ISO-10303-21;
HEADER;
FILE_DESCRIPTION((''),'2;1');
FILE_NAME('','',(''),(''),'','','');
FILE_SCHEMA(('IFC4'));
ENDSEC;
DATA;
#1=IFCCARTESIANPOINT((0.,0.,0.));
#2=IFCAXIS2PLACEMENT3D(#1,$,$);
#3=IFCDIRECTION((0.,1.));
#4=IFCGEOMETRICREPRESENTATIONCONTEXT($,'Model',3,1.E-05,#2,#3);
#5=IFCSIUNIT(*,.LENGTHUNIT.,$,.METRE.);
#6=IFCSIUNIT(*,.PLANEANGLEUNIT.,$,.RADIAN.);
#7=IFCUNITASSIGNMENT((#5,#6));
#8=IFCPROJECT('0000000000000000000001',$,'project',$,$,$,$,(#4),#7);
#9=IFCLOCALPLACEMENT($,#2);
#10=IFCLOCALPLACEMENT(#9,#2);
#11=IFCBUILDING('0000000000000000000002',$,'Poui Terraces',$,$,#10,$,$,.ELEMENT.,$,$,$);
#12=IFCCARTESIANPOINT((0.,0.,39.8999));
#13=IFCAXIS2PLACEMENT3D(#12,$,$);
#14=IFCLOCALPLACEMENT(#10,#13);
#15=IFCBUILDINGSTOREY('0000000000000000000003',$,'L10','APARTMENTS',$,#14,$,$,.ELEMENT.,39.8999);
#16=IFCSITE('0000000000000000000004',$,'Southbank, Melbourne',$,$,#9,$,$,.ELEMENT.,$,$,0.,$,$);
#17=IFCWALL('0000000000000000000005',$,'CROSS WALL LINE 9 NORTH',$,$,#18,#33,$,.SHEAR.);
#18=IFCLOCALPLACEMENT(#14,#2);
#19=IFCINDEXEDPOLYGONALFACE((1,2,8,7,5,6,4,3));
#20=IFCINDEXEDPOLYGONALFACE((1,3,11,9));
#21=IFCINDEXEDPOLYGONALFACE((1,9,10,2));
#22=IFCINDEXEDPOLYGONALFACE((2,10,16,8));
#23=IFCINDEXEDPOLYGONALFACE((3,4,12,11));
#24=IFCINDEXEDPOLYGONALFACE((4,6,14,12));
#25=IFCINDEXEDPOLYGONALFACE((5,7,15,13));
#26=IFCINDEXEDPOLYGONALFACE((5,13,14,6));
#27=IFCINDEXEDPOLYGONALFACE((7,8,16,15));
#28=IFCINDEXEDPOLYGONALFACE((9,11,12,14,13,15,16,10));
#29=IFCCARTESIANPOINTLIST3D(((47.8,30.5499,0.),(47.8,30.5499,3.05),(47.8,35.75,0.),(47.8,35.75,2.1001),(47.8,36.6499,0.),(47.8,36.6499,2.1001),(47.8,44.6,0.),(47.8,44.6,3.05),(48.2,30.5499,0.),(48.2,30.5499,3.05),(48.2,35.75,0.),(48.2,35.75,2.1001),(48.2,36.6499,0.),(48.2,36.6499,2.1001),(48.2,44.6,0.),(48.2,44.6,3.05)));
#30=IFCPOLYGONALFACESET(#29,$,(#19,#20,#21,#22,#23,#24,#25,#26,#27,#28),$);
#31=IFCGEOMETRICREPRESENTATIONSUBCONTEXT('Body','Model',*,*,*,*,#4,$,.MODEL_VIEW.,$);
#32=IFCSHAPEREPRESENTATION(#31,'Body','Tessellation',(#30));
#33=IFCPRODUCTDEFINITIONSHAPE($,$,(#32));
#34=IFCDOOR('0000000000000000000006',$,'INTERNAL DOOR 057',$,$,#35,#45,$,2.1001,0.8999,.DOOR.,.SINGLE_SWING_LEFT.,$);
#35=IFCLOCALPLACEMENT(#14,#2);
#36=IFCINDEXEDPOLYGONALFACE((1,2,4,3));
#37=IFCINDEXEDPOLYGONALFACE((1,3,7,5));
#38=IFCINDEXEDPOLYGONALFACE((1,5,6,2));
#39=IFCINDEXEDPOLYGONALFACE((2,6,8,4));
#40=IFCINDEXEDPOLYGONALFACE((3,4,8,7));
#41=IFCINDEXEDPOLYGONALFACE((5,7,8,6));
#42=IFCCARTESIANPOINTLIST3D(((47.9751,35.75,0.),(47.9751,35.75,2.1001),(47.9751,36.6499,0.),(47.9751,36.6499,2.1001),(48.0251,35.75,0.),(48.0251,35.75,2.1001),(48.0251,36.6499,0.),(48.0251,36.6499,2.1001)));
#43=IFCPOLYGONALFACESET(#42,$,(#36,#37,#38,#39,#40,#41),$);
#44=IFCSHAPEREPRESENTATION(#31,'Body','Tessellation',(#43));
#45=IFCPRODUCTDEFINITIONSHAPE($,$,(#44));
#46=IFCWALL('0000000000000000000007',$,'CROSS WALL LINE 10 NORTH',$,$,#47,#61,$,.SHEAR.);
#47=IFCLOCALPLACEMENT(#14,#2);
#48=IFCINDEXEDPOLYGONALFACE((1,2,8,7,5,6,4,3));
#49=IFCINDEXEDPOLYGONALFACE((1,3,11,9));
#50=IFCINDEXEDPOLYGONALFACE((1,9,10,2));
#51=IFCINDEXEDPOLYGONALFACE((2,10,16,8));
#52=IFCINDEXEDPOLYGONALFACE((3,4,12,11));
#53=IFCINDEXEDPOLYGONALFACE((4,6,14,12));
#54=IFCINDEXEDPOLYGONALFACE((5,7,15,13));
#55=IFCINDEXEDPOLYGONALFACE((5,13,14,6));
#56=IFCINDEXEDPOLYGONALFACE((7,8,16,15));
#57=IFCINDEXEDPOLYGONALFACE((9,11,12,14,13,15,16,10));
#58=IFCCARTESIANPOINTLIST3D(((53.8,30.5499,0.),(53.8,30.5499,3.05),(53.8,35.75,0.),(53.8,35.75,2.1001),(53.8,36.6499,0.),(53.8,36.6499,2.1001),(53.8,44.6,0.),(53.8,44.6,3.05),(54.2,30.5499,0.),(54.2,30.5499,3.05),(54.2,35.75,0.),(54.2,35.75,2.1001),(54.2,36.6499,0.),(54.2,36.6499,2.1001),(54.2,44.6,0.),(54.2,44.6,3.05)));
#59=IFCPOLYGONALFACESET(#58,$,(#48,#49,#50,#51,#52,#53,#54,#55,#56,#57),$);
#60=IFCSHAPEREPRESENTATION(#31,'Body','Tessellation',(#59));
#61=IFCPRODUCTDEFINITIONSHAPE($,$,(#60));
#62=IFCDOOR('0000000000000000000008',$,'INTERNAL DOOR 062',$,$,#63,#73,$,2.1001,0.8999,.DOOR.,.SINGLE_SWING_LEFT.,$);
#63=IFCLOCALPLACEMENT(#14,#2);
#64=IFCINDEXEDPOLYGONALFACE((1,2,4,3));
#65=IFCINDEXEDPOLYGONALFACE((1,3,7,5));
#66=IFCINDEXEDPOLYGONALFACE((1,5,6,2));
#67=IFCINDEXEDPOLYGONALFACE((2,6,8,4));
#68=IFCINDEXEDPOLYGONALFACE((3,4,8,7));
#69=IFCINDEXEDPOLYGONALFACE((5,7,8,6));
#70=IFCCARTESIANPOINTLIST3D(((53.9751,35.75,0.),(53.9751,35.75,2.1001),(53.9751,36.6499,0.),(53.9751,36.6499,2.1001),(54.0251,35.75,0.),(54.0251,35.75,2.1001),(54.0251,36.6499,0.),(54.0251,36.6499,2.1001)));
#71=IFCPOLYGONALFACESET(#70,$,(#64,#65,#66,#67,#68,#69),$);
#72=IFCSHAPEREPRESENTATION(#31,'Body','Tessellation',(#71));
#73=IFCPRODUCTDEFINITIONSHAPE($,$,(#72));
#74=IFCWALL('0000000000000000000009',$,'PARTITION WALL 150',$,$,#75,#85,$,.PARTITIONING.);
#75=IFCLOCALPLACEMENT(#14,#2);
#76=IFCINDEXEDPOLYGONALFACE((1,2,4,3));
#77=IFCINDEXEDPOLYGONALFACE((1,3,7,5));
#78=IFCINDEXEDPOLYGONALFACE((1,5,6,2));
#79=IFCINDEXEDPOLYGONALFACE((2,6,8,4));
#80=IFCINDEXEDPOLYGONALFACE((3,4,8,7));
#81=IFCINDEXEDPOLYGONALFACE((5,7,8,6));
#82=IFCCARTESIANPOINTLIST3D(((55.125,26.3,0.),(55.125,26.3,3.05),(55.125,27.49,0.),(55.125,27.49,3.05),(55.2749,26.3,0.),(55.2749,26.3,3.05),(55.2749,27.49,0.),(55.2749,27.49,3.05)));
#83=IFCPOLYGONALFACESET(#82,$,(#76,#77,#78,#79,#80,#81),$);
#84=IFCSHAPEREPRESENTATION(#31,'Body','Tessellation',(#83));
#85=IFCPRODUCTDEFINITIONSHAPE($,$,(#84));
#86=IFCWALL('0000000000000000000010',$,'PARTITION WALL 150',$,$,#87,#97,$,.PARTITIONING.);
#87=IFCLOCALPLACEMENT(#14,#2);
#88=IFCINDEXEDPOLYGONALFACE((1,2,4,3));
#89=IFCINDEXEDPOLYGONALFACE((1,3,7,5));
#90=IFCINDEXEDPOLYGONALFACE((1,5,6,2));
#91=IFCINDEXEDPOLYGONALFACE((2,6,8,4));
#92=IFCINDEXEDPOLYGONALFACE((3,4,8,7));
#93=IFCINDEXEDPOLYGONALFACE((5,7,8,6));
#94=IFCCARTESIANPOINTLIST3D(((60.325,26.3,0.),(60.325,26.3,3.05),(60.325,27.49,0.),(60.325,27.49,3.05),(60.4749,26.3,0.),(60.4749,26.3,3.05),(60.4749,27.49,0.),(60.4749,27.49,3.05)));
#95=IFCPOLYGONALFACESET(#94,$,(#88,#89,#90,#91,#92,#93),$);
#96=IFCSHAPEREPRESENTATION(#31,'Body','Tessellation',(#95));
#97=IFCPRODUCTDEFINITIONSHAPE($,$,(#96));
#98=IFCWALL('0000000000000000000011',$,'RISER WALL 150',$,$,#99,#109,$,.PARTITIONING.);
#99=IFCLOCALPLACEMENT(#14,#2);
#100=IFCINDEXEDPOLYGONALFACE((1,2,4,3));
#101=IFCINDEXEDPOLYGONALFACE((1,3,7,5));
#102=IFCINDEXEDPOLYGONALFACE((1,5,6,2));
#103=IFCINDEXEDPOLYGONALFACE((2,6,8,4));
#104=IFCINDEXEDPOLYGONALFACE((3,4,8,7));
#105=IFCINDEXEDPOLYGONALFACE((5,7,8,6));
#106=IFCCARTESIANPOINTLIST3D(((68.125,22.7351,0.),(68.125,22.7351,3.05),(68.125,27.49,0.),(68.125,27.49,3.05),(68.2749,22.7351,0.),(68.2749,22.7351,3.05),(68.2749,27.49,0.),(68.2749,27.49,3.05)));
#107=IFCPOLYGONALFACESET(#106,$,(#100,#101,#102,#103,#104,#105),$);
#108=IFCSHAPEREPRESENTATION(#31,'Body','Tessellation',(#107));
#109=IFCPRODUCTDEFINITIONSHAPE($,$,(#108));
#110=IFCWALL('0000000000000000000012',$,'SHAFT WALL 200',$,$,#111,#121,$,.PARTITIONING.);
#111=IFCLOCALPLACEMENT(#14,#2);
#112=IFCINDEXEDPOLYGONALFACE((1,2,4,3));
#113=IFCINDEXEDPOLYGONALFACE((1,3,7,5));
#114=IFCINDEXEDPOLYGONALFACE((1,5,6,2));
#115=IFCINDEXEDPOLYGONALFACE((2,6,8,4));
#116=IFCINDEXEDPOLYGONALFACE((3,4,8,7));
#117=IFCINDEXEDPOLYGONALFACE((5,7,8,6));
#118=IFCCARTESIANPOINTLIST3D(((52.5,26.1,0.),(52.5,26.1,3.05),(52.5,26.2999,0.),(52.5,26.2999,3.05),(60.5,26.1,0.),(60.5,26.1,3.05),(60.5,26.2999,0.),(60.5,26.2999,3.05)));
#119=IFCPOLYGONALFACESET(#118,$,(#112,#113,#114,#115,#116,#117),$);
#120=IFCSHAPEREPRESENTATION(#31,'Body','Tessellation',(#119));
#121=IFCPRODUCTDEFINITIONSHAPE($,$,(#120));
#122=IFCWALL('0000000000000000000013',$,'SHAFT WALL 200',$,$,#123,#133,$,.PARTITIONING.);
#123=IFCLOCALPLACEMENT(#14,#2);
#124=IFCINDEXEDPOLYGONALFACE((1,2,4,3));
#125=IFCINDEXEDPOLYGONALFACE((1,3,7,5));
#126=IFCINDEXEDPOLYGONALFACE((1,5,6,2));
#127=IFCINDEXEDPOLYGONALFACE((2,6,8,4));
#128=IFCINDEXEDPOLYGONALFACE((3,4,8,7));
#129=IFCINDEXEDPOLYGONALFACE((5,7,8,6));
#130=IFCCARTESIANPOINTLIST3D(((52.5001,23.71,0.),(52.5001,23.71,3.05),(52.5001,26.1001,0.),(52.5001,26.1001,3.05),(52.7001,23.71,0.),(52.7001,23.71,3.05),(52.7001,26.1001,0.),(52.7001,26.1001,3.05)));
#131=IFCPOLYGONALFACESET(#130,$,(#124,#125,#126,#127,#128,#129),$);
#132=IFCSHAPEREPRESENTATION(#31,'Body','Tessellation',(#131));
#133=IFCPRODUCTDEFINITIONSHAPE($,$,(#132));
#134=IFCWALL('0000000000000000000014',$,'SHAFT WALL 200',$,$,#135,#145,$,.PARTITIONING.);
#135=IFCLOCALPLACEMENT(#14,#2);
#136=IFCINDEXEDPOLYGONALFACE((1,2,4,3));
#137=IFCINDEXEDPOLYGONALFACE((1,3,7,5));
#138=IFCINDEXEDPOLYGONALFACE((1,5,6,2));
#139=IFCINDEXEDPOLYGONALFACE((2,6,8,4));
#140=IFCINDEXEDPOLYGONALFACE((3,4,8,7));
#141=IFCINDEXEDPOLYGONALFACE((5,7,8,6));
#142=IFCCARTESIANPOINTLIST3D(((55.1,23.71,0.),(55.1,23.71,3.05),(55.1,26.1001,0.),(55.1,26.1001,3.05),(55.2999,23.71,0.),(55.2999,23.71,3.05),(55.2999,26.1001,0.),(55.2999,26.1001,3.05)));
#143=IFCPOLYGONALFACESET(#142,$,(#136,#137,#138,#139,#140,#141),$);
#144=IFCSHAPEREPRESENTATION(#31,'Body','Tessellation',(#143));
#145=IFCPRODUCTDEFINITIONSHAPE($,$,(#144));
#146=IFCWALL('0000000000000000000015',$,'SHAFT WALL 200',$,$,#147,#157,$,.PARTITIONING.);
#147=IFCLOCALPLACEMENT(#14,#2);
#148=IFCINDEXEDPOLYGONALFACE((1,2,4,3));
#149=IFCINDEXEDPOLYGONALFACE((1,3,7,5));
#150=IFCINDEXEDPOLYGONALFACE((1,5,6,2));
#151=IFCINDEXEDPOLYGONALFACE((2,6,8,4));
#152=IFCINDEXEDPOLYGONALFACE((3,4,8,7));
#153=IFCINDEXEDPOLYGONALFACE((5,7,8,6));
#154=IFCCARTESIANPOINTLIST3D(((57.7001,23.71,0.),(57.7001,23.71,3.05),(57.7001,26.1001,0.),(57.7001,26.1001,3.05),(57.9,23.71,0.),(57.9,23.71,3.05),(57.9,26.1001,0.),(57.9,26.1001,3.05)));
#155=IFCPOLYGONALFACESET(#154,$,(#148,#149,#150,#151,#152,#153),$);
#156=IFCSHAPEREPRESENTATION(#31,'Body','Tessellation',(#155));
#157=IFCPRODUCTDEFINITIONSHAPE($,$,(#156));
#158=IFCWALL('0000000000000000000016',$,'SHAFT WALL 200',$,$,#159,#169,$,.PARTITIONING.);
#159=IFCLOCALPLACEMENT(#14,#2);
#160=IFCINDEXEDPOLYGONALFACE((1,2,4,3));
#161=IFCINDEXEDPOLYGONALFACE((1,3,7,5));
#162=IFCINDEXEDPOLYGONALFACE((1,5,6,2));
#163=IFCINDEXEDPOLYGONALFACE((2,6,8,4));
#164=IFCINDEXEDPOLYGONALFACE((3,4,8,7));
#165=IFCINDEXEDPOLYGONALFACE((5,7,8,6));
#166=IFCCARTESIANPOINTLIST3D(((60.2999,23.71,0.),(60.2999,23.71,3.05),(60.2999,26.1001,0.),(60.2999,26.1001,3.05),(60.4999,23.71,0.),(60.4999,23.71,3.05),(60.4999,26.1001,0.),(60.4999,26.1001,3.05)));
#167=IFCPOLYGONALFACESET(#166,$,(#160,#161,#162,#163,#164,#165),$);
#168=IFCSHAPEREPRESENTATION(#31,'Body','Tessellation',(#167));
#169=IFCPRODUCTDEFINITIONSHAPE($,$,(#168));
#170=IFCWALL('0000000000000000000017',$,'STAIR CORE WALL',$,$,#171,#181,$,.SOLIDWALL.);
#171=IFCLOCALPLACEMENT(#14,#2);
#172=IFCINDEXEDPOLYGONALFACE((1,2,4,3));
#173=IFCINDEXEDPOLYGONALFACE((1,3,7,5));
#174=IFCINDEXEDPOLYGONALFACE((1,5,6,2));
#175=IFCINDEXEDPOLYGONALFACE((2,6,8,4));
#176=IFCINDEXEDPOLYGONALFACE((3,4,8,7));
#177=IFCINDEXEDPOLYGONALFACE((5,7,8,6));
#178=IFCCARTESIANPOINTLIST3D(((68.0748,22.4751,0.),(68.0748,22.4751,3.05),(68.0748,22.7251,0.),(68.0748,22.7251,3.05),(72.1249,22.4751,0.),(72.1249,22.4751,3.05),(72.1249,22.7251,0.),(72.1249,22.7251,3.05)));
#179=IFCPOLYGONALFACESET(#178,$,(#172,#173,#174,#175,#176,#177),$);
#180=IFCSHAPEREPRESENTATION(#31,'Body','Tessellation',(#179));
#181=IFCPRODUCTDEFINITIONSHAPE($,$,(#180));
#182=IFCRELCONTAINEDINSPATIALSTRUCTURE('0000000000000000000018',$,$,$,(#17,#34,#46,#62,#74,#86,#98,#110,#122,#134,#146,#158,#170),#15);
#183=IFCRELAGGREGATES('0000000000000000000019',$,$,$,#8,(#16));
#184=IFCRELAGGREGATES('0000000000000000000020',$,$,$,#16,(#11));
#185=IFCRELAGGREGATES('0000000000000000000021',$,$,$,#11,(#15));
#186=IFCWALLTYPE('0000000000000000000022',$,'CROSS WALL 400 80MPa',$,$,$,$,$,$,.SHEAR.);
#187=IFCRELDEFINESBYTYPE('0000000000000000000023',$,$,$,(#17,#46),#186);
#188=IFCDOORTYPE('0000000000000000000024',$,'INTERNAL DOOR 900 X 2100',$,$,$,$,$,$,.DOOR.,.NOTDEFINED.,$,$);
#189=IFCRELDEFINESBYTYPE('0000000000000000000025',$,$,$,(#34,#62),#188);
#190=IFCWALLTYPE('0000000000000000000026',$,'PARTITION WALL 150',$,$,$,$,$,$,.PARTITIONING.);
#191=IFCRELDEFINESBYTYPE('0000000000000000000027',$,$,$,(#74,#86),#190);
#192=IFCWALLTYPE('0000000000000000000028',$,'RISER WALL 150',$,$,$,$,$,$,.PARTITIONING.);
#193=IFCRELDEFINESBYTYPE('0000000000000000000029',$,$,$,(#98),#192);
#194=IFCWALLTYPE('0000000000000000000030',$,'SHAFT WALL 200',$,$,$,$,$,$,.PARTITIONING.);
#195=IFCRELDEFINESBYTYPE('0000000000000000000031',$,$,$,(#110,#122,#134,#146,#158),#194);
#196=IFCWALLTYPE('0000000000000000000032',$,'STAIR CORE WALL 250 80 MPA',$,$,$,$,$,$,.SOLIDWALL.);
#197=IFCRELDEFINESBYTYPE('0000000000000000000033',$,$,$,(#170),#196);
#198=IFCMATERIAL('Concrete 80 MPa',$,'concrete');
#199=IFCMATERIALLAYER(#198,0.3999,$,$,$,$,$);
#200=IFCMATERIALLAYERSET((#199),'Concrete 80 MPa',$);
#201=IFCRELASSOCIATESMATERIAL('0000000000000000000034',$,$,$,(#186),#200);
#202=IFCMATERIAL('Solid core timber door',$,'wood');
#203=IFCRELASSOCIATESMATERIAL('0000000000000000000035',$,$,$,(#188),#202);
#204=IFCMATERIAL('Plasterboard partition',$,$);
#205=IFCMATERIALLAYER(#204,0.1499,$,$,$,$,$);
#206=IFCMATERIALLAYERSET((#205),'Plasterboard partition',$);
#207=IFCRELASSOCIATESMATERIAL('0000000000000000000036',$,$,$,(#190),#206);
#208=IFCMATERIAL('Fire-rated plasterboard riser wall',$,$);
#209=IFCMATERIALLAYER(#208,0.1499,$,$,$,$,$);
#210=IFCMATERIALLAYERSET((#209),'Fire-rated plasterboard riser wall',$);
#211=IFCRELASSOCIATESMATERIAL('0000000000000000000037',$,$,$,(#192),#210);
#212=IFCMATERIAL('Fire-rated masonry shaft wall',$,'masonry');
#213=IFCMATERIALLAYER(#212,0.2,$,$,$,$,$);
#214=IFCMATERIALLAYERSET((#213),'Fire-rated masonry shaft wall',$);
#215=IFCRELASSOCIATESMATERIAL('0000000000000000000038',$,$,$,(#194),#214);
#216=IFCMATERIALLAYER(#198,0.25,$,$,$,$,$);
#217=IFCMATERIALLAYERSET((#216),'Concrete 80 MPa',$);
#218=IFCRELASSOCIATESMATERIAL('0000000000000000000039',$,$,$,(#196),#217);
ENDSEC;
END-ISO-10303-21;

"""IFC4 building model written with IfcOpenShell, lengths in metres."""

from ifc_helpers import new_model, si_unit, direction, frame, frame_2d, origin, place, context, subcontext, project, spatial, rectangle, extrude, material, layer, layer_set, type_object, element, fill, save


model = new_model("IFC4")

# Units and contexts
model_context = context("Model", 3, precision=1e-05, world=origin(), true_north=direction((0.0, 1.0)))
body_context = subcontext(model_context, "Body", "Model", "MODEL_VIEW")
ifc_project = project(units=[si_unit("LENGTHUNIT", "METRE"), si_unit("PLANEANGLEUNIT", "RADIAN")], contexts=[model_context])

# Site, building, storey
site_placement = place(None, origin())
site = spatial("IfcSite", under=ifc_project, at=site_placement, Name="Southbank, Melbourne", CompositionType="ELEMENT", RefElevation=0.0)
building_placement = place(site_placement, origin())
building = spatial("IfcBuilding", under=site, at=building_placement, Name="Poui Terraces", CompositionType="ELEMENT")
storey_placement = place(building_placement, frame((0.0, 0.0, 39.8999)))
storey = spatial("IfcBuildingStorey", under=building, at=storey_placement, Name="L10", Description="APARTMENTS", CompositionType="ELEMENT", Elevation=39.8999)

# Shared definitions
ifc_material_1 = material(Name="Concrete 80 MPa", Category="concrete")

# Walls, openings, doors
ifc_layer_1 = layer(ifc_material_1, 0.3999)
ifc_layer_set_1 = layer_set([ifc_layer_1], Name="Concrete 80 MPa")
wall_type_1 = type_object("IfcWallType", Name="CROSS WALL 400 80MPa", PredefinedType="SHEAR", material=ifc_layer_set_1)
wall_1_placement = place(storey_placement, frame((48.0, 30.55, 0.0), z_axis=(0.0, 0.0, 1.0), x_axis=(0.0, 1.0, 0.0)))
wall_1 = element("IfcWall", 1, at=wall_1_placement, inside=storey, type_object=wall_type_1, Name="CROSS WALL LINE 9 NORTH", PredefinedType="SHEAR", context=body_context, shape_type="SweptSolid", body=[
    extrude(rectangle(XDim=14.05, YDim=0.3999, at=frame_2d((7.0249, 0.0))), origin(), (0.0, 0.0, 1.0), 3.05),
])
opening_1_placement = place(wall_1_placement, frame((5.2, 0.0, 0.0)))
opening_1 = element("IfcOpeningElement", 2, at=opening_1_placement, cuts=wall_1, PredefinedType="OPENING", context=body_context, shape_type="SweptSolid", body=[
    extrude(rectangle(XDim=0.8999, YDim=2.1001, at=frame_2d((0.45, 1.05))), frame((0.0, 0.21, 0.0), z_axis=(0.0, -1.0, 0.0), x_axis=(1.0, 0.0, 0.0)), (0.0, 0.0, 1.0), 0.4199),
])
ifc_material_2 = material(Name="Solid core timber door", Category="wood")
door_type_1 = type_object("IfcDoorType", Name="INTERNAL DOOR 900 X 2100", OperationType="NOTDEFINED", PredefinedType="DOOR", material=ifc_material_2)
door_1_placement = place(opening_1_placement, origin())
door_1 = element("IfcDoor", 3, at=door_1_placement, inside=storey, type_object=door_type_1, Name="INTERNAL DOOR 057", OperationType="SINGLE_SWING_LEFT", OverallHeight=2.1001, OverallWidth=0.8999, PredefinedType="DOOR", context=body_context, shape_type="SweptSolid", body=[
    extrude(rectangle(XDim=0.8999, YDim=2.1001, at=frame_2d((0.45, 1.05))), frame((0.0, 0.0249, 0.0), z_axis=(0.0, -1.0, 0.0), x_axis=(1.0, 0.0, 0.0)), (0.0, 0.0, 1.0), 0.05),
])
fill(opening_1, door_1)
wall_2_placement = place(storey_placement, frame((54.0, 30.55, 0.0), z_axis=(0.0, 0.0, 1.0), x_axis=(0.0, 1.0, 0.0)))
wall_2 = element("IfcWall", 4, at=wall_2_placement, inside=storey, type_object=wall_type_1, Name="CROSS WALL LINE 10 NORTH", PredefinedType="SHEAR", context=body_context, shape_type="SweptSolid", body=[
    extrude(rectangle(XDim=14.05, YDim=0.3999, at=frame_2d((7.0249, 0.0))), origin(), (0.0, 0.0, 1.0), 3.05),
])
opening_2_placement = place(wall_2_placement, frame((5.2, 0.0, 0.0)))
opening_2 = element("IfcOpeningElement", 5, at=opening_2_placement, cuts=wall_2, PredefinedType="OPENING", context=body_context, shape_type="SweptSolid", body=[
    extrude(rectangle(XDim=0.8999, YDim=2.1001, at=frame_2d((0.45, 1.05))), frame((0.0, 0.21, 0.0), z_axis=(0.0, -1.0, 0.0), x_axis=(1.0, 0.0, 0.0)), (0.0, 0.0, 1.0), 0.4199),
])
door_2_placement = place(opening_2_placement, origin())
door_2 = element("IfcDoor", 6, at=door_2_placement, inside=storey, type_object=door_type_1, Name="INTERNAL DOOR 062", OperationType="SINGLE_SWING_LEFT", OverallHeight=2.1001, OverallWidth=0.8999, PredefinedType="DOOR", context=body_context, shape_type="SweptSolid", body=[
    extrude(rectangle(XDim=0.8999, YDim=2.1001, at=frame_2d((0.45, 1.05))), frame((0.0, 0.0249, 0.0), z_axis=(0.0, -1.0, 0.0), x_axis=(1.0, 0.0, 0.0)), (0.0, 0.0, 1.0), 0.05),
])
fill(opening_2, door_2)

# Walls
ifc_material_3 = material(Name="Plasterboard partition")
ifc_layer_2 = layer(ifc_material_3, 0.1499)
ifc_layer_set_2 = layer_set([ifc_layer_2], Name="Plasterboard partition")
wall_type_2 = type_object("IfcWallType", Name="PARTITION WALL 150", PredefinedType="PARTITIONING", material=ifc_layer_set_2)
for number, where, z_axis, x_axis, name in (
    (7, (55.2, 26.3, 0.0), (0.0, 0.0, 1.0), (0.0, 1.0, 0.0), "PARTITION WALL 150"),
    (8, (60.3999, 26.3, 0.0), (0.0, 0.0, 1.0), (0.0, 1.0, 0.0), "PARTITION WALL 150"),
):
    element("IfcWall", number, at=place(storey_placement, frame(where, z_axis=z_axis, x_axis=x_axis)), inside=storey, type_object=wall_type_2, Name=name, PredefinedType="PARTITIONING", context=body_context, shape_type="SweptSolid", body=[
        extrude(rectangle(XDim=1.1899, YDim=0.1499, at=frame_2d((0.595, 0.0))), origin(), (0.0, 0.0, 1.0), 3.05),
    ])
ifc_material_4 = material(Name="Fire-rated plasterboard riser wall")
ifc_layer_3 = layer(ifc_material_4, 0.1499)
ifc_layer_set_3 = layer_set([ifc_layer_3], Name="Fire-rated plasterboard riser wall")
wall_type_3 = type_object("IfcWallType", Name="RISER WALL 150", PredefinedType="PARTITIONING", material=ifc_layer_set_3)
wall_3_placement = place(storey_placement, frame((68.2, 22.7351, 0.0), z_axis=(0.0, 0.0, 1.0), x_axis=(0.0, 1.0, 0.0)))
element("IfcWall", 9, at=wall_3_placement, inside=storey, type_object=wall_type_3, Name="RISER WALL 150", PredefinedType="PARTITIONING", context=body_context, shape_type="SweptSolid", body=[
    extrude(rectangle(XDim=4.7549, YDim=0.1499, at=frame_2d((2.3774, 0.0))), origin(), (0.0, 0.0, 1.0), 3.05),
])
ifc_material_5 = material(Name="Fire-rated masonry shaft wall", Category="masonry")
ifc_layer_4 = layer(ifc_material_5, 0.2)
ifc_layer_set_4 = layer_set([ifc_layer_4], Name="Fire-rated masonry shaft wall")
wall_type_4 = type_object("IfcWallType", Name="SHAFT WALL 200", PredefinedType="PARTITIONING", material=ifc_layer_set_4)
wall_4_placement = place(storey_placement, frame((52.5, 26.2, 0.0), z_axis=(0.0, 0.0, 1.0), x_axis=(1.0, 0.0, 0.0)))
element("IfcWall", 10, at=wall_4_placement, inside=storey, type_object=wall_type_4, Name="SHAFT WALL 200", PredefinedType="PARTITIONING", context=body_context, shape_type="SweptSolid", body=[
    extrude(rectangle(XDim=8.0, YDim=0.2, at=frame_2d((4.0, 0.0))), origin(), (0.0, 0.0, 1.0), 3.05),
])
for number, where, z_axis, x_axis, name in (
    (11, (52.6001, 23.71, 0.0), (0.0, 0.0, 1.0), (0.0, 1.0, 0.0), "SHAFT WALL 200"),
    (12, (55.2, 23.71, 0.0), (0.0, 0.0, 1.0), (0.0, 1.0, 0.0), "SHAFT WALL 200"),
    (13, (57.8, 23.71, 0.0), (0.0, 0.0, 1.0), (0.0, 1.0, 0.0), "SHAFT WALL 200"),
    (14, (60.3999, 23.71, 0.0), (0.0, 0.0, 1.0), (0.0, 1.0, 0.0), "SHAFT WALL 200"),
):
    element("IfcWall", number, at=place(storey_placement, frame(where, z_axis=z_axis, x_axis=x_axis)), inside=storey, type_object=wall_type_4, Name=name, PredefinedType="PARTITIONING", context=body_context, shape_type="SweptSolid", body=[
        extrude(rectangle(XDim=2.3901, YDim=0.2, at=frame_2d((1.1951, 0.0))), origin(), (0.0, 0.0, 1.0), 3.05),
    ])
ifc_layer_5 = layer(ifc_material_1, 0.25)
ifc_layer_set_5 = layer_set([ifc_layer_5], Name="Concrete 80 MPa")
wall_type_5 = type_object("IfcWallType", Name="STAIR CORE WALL 250 80 MPA", PredefinedType="SOLIDWALL", material=ifc_layer_set_5)
wall_5_placement = place(storey_placement, frame((68.075, 22.6001, 0.0), z_axis=(0.0, 0.0, 1.0), x_axis=(1.0, 0.0, 0.0)))
element("IfcWall", 15, at=wall_5_placement, inside=storey, type_object=wall_type_5, Name="STAIR CORE WALL", PredefinedType="SOLIDWALL", context=body_context, shape_type="SweptSolid", body=[
    extrude(rectangle(XDim=4.05, YDim=0.25, at=frame_2d((2.0249, 0.0))), origin(), (0.0, 0.0, 1.0), 3.05),
])

save(model, "model.ifc")
